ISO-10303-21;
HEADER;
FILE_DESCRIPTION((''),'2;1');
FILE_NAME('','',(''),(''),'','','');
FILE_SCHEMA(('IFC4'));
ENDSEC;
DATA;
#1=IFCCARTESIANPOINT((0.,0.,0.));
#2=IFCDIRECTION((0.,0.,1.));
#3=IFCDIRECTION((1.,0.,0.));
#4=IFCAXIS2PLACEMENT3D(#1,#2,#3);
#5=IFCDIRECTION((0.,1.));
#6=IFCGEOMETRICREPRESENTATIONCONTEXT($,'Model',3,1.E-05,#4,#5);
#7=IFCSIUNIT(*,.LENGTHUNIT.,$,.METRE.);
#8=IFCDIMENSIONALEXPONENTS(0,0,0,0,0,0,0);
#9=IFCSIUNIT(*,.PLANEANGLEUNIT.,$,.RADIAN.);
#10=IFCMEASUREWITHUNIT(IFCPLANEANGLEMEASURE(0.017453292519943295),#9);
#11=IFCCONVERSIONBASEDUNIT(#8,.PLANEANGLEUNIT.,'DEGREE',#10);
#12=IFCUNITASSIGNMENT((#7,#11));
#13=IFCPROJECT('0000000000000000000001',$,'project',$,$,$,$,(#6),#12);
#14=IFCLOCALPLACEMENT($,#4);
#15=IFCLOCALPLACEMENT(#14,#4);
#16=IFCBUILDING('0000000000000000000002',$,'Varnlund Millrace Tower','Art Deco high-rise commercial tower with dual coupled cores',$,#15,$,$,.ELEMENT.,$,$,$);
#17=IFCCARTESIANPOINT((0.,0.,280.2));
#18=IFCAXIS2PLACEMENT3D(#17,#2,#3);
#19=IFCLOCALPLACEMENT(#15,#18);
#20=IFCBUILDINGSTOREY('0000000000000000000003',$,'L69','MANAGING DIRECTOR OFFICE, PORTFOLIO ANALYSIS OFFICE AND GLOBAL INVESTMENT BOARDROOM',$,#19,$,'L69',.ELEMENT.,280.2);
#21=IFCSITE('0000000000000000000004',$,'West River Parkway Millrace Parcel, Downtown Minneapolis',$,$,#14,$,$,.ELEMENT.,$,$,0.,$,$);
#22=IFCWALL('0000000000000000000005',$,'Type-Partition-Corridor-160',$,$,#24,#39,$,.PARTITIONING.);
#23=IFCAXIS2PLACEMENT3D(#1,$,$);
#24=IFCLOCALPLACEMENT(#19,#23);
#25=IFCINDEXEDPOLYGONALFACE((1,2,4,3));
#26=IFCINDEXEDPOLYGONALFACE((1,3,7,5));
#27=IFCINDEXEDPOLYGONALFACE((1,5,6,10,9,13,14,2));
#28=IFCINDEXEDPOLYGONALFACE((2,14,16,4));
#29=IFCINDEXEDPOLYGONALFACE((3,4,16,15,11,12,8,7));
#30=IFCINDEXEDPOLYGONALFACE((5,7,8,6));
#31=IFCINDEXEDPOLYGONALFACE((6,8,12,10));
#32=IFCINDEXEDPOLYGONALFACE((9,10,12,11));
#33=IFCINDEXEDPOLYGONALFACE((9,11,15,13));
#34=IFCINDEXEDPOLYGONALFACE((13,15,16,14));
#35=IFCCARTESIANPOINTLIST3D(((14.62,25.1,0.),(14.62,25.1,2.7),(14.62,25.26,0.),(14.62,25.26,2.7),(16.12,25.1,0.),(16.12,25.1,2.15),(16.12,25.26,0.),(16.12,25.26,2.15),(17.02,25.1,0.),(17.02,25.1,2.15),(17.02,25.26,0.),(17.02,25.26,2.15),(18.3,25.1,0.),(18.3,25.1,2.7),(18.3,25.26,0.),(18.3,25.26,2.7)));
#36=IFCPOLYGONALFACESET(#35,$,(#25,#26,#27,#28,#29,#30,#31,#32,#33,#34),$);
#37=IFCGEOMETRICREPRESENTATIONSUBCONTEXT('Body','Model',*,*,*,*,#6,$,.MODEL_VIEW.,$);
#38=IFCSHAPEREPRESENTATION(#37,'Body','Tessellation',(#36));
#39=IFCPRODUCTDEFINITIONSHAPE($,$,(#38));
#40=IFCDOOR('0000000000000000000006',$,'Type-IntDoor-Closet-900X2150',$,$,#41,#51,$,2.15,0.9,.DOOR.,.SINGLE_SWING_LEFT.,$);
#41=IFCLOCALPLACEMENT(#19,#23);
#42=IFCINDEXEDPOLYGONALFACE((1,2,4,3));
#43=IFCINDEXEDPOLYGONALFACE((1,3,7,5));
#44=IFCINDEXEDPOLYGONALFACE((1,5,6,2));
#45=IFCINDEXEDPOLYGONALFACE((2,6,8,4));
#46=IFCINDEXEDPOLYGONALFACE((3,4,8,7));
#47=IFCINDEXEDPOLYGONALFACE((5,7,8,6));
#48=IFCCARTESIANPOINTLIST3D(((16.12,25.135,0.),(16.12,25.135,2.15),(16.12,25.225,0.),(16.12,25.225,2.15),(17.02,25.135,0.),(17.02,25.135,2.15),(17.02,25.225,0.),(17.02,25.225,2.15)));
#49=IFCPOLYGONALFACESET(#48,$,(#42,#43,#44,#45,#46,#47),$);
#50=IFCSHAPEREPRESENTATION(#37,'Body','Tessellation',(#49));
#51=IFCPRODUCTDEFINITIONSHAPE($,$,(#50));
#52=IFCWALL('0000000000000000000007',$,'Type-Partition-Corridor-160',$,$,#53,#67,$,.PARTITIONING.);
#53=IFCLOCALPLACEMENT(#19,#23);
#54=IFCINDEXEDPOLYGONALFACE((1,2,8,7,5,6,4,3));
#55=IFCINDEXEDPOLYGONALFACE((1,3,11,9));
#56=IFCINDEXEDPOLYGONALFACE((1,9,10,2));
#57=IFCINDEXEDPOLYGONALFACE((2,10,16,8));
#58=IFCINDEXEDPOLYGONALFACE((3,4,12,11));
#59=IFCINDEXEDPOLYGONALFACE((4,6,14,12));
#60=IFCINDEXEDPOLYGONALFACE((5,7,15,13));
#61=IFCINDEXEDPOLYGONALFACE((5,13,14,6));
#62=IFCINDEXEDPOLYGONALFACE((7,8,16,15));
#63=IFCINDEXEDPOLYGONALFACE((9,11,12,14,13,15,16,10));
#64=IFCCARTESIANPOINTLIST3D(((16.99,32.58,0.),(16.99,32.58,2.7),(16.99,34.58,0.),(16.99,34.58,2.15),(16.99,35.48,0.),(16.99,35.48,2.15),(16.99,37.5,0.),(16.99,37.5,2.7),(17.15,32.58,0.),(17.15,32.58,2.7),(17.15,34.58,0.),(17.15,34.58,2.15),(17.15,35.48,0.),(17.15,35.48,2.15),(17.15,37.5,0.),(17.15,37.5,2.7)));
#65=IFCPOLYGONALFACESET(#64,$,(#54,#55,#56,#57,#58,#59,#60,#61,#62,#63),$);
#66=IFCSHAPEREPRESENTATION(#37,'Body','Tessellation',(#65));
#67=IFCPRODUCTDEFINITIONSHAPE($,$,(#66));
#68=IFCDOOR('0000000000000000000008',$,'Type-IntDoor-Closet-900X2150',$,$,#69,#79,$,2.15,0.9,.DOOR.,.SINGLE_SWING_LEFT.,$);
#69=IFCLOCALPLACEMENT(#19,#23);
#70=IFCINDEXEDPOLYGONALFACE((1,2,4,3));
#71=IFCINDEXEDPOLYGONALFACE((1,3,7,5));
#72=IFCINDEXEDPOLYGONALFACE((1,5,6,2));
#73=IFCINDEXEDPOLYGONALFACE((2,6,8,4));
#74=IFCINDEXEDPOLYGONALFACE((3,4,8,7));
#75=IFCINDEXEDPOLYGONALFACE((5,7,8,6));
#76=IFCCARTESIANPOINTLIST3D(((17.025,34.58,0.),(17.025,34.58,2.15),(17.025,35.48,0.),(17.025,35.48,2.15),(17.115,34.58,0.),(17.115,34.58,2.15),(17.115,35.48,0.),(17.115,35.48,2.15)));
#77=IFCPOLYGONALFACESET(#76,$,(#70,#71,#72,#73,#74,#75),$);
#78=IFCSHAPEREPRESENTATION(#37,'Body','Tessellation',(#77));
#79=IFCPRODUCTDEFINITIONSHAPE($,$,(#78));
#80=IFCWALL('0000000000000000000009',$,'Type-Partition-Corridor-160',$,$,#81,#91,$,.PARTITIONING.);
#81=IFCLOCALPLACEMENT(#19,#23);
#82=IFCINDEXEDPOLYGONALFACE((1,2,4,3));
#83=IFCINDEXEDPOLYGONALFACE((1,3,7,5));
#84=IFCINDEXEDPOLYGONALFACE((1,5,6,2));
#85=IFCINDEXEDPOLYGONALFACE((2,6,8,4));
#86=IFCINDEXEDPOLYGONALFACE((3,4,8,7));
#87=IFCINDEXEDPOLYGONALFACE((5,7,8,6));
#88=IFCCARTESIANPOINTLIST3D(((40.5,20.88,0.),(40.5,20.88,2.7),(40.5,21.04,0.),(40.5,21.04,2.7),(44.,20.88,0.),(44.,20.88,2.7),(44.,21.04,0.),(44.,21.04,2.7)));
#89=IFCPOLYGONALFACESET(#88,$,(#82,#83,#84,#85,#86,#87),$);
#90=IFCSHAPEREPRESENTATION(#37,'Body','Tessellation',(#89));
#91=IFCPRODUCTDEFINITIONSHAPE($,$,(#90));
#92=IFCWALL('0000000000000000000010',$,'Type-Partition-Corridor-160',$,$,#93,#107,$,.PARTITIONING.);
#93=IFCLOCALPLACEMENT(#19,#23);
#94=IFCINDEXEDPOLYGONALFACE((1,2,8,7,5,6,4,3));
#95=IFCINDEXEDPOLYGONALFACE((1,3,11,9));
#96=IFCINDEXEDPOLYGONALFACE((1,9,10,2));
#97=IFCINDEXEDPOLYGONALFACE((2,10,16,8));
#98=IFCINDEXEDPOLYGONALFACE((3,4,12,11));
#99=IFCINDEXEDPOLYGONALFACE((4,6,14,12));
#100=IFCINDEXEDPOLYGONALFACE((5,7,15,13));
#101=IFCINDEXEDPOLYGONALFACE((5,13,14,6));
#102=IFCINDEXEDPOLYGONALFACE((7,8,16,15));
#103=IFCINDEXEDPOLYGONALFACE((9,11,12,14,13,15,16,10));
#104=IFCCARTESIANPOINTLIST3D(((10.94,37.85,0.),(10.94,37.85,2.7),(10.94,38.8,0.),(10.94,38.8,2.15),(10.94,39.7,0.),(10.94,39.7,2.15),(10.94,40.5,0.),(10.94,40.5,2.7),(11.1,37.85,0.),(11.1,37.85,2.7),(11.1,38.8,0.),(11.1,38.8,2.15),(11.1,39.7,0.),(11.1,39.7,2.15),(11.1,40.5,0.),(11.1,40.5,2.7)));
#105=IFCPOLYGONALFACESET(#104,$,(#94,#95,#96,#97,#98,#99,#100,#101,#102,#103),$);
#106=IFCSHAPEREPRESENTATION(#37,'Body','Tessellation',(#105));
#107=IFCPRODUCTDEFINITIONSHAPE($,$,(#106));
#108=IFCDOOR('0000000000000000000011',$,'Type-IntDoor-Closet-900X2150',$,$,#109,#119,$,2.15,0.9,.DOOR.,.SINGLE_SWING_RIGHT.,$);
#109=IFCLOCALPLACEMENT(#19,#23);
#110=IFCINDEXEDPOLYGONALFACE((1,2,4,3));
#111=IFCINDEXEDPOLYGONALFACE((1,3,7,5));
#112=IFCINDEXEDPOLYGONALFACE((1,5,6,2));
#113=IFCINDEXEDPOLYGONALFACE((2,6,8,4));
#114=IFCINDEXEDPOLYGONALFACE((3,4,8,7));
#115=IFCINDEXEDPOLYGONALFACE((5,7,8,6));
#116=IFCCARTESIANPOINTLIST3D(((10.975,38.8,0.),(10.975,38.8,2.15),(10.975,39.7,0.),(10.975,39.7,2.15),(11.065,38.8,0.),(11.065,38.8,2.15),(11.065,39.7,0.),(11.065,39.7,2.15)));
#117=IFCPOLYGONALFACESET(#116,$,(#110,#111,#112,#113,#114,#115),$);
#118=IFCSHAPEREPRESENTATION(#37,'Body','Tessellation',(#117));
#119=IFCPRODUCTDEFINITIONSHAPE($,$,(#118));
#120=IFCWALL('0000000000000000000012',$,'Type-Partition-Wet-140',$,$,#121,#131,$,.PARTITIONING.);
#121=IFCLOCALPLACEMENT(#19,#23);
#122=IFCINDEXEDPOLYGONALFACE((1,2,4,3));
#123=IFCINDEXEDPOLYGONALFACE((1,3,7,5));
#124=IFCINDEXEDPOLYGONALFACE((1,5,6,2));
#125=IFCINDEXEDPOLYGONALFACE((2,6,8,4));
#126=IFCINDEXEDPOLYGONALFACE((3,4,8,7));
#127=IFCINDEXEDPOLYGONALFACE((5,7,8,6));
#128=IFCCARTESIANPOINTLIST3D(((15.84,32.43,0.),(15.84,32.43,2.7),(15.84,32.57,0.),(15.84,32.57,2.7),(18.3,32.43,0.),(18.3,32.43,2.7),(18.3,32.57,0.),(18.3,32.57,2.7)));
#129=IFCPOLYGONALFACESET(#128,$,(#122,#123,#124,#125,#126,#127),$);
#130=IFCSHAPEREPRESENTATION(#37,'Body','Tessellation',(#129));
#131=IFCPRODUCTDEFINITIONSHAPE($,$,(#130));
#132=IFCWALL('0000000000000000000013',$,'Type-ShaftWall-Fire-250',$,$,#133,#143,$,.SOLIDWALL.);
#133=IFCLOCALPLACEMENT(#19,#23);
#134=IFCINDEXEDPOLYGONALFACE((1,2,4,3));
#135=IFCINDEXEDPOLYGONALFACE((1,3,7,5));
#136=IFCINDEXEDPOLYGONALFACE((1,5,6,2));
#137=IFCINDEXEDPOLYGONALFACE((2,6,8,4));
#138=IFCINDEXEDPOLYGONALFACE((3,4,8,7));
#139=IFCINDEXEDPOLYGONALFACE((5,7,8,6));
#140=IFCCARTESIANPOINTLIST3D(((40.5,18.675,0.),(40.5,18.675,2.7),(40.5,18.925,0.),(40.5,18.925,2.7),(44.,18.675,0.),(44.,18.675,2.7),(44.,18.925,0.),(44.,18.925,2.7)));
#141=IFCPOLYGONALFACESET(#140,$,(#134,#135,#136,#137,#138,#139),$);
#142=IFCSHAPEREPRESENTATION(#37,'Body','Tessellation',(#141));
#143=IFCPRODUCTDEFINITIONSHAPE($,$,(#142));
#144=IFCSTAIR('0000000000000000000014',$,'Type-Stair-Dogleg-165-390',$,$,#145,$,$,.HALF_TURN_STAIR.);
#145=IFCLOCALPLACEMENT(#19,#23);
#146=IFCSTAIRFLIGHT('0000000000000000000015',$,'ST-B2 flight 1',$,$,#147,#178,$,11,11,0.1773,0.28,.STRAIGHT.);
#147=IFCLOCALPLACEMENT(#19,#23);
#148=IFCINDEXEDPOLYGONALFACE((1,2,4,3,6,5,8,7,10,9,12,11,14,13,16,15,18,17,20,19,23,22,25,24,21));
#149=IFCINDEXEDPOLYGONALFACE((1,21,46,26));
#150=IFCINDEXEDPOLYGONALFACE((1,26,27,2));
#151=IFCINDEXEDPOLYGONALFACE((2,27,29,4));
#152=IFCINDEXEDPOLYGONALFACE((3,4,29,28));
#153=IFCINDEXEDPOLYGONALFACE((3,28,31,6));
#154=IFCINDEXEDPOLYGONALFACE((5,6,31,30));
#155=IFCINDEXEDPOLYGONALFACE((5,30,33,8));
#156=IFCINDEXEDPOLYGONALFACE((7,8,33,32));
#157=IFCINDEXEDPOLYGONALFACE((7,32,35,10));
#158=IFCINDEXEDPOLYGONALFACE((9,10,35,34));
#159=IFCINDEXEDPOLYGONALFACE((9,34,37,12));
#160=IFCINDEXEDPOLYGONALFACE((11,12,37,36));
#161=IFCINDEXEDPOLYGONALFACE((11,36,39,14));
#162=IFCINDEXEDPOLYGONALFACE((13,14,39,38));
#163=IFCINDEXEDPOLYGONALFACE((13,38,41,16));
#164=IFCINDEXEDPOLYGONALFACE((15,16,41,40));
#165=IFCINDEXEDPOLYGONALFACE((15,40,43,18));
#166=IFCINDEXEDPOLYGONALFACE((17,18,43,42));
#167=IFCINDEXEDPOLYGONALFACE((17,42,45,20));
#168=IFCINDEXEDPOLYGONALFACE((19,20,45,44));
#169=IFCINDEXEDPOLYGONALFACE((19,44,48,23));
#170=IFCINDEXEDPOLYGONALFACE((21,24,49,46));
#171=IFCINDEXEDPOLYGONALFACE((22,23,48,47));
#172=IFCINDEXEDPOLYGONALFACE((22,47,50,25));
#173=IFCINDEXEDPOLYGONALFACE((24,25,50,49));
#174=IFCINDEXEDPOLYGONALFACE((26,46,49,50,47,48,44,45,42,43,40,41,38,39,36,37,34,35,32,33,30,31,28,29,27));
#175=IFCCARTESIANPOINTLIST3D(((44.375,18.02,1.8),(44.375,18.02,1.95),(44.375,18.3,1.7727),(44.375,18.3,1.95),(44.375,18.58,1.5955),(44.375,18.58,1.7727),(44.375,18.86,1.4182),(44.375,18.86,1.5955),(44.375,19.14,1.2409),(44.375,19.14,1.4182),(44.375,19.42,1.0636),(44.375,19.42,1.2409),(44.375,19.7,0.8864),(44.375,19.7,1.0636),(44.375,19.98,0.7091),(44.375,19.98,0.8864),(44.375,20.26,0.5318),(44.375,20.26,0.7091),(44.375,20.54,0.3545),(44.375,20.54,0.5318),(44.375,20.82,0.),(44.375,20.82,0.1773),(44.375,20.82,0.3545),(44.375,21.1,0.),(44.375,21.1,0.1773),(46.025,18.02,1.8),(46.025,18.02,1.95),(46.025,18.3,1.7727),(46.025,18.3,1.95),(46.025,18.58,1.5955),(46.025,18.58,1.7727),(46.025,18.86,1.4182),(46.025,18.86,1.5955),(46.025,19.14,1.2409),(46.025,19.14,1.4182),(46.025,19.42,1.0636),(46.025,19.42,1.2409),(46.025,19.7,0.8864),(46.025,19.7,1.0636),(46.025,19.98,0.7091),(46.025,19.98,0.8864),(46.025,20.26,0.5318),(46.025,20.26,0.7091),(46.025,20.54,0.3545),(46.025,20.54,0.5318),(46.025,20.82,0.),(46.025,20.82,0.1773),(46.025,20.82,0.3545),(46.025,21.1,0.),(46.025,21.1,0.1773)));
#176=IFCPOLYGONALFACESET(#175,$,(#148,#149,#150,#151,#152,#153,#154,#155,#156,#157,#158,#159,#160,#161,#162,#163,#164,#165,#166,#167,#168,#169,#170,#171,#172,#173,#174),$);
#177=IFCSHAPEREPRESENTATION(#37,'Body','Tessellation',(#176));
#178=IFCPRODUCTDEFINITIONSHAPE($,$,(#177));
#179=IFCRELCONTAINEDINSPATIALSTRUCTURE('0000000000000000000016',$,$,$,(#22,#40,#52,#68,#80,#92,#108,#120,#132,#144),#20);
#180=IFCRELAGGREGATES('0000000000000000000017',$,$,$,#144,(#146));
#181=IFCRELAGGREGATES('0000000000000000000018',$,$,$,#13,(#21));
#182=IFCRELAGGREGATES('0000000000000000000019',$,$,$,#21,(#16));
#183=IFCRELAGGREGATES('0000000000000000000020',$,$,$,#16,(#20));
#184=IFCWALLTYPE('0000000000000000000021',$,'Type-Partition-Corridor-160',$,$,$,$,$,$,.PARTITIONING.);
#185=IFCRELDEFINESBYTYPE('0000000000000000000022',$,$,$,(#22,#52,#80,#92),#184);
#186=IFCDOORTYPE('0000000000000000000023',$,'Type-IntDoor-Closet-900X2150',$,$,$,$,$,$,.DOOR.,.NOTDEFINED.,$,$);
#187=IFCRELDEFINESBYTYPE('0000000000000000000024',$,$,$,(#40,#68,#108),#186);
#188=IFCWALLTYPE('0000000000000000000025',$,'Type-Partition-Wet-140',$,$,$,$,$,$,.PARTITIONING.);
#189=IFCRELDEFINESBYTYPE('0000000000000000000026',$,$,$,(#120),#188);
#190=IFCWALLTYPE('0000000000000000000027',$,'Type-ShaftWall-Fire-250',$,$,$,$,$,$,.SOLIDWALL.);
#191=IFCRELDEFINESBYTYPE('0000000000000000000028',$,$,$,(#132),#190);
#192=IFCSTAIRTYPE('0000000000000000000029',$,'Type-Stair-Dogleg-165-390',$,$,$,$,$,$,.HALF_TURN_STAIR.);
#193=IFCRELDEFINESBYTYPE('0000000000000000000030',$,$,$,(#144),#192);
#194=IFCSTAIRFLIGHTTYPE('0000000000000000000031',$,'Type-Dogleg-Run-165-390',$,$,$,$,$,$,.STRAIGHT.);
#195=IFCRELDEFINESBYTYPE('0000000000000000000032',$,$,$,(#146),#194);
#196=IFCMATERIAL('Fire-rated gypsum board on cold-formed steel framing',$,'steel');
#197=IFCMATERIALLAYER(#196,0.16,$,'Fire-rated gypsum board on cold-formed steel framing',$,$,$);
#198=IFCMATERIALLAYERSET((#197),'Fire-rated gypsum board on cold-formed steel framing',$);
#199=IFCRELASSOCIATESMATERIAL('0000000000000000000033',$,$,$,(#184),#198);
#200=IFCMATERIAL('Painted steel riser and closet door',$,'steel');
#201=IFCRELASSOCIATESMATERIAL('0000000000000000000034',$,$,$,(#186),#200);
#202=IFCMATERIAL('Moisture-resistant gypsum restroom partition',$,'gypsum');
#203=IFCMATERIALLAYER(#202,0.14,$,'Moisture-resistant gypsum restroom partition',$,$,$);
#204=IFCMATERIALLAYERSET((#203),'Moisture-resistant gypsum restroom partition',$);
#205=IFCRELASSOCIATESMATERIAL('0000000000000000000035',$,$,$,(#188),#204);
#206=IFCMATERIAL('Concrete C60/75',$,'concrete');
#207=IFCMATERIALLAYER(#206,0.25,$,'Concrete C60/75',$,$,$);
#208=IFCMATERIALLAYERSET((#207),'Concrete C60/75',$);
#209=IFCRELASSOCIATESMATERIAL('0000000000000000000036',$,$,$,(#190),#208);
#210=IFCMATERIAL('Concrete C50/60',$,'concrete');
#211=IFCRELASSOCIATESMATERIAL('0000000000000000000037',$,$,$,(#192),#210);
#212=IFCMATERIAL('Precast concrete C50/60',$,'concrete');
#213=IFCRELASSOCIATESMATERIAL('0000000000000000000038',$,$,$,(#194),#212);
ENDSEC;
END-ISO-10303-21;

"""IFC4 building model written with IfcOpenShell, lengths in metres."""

from ifc_helpers import new_model, entity, si_unit, converted_unit, direction, frame, origin_with_axes, origin_2d_with_axis, place, context, subcontext, project, spatial, polyline, rectangle, outline, extrude, material, layer, layer_set, type_object, element, fill, aggregate, save


model = new_model("IFC4")

# Units and contexts
model_context = context("Model", 3, precision=1e-05, world=origin_with_axes(), true_north=direction((0.0, 1.0)))
body_context = subcontext(model_context, "Body", "Model", "MODEL_VIEW")
ifc_project = project(units=[si_unit("LENGTHUNIT", "METRE"), converted_unit("PLANEANGLEUNIT", "DEGREE", entity("IfcPlaneAngleMeasure", 0.017453292519943295), si_unit("PLANEANGLEUNIT", "RADIAN"), dimensions=[0, 0, 0, 0, 0, 0, 0])], contexts=[model_context])

# Site, building, storey
site_placement = place(None, origin_with_axes())
site = spatial("IfcSite", under=ifc_project, at=site_placement, Name="West River Parkway Millrace Parcel, Downtown Minneapolis", CompositionType="ELEMENT", RefElevation=0.0)
building_placement = place(site_placement, origin_with_axes())
building = spatial("IfcBuilding", under=site, at=building_placement, Name="Varnlund Millrace Tower", Description="Art Deco high-rise commercial tower with dual coupled cores", CompositionType="ELEMENT")
storey_placement = place(building_placement, frame((0.0, 0.0, 280.2), z_axis=(0.0, 0.0, 1.0), x_axis=(1.0, 0.0, 0.0)))
storey = spatial("IfcBuildingStorey", under=building, at=storey_placement, Name="L69", Description="MANAGING DIRECTOR OFFICE, PORTFOLIO ANALYSIS OFFICE AND GLOBAL INVESTMENT BOARDROOM", LongName="L69", CompositionType="ELEMENT", Elevation=280.2)

# Shared definitions
ifc_material_1 = material(Name="Concrete C60/75", Category="concrete")

# Walls, openings, doors
ifc_material_2 = material(Name="Fire-rated gypsum board on cold-formed steel framing", Category="steel")
ifc_layer_1 = layer(ifc_material_2, 0.16, Name="Fire-rated gypsum board on cold-formed steel framing")
ifc_layer_set_1 = layer_set([ifc_layer_1], Name="Fire-rated gypsum board on cold-formed steel framing")
wall_type_1 = type_object("IfcWallType", Name="Type-Partition-Corridor-160", PredefinedType="PARTITIONING", material=ifc_layer_set_1)
wall_1_placement = place(storey_placement, frame((14.62, 25.18, 0.0), z_axis=(0.0, 0.0, 1.0), x_axis=(1.0, 0.0, 0.0)))
wall_1 = element("IfcWall", 1, at=wall_1_placement, inside=storey, type_object=wall_type_1, Name="Type-Partition-Corridor-160", PredefinedType="PARTITIONING", context=body_context, shape_type="SweptSolid", body=[
    extrude(outline(polyline([(0.0, -0.08), (3.68, -0.08), (3.68, 0.08), (0.0, 0.08), (0.0, -0.08)])), origin_with_axes(), (0.0, 0.0, 1.0), 2.7),
])
opening_1_placement = place(wall_1_placement, frame((1.95, 0.0, 0.0), z_axis=(0.0, 0.0, 1.0), x_axis=(1.0, 0.0, 0.0)))
opening_1 = element("IfcOpeningElement", 2, at=opening_1_placement, cuts=wall_1, PredefinedType="OPENING", context=body_context, shape_type="SweptSolid", body=[
    extrude(rectangle(XDim=0.9, YDim=0.18, at=origin_2d_with_axis()), origin_with_axes(), (0.0, 0.0, 1.0), 2.15),
])
ifc_material_3 = material(Name="Painted steel riser and closet door", Category="steel")
door_type_1 = type_object("IfcDoorType", Name="Type-IntDoor-Closet-900X2150", OperationType="NOTDEFINED", PredefinedType="DOOR", material=ifc_material_3)
door_1_placement = place(wall_1_placement, frame((1.95, 0.0, 0.0), z_axis=(0.0, 0.0, 1.0), x_axis=(1.0, 0.0, 0.0)))
door_1 = element("IfcDoor", 3, at=door_1_placement, inside=storey, type_object=door_type_1, Name="Type-IntDoor-Closet-900X2150", OperationType="SINGLE_SWING_LEFT", OverallHeight=2.15, OverallWidth=0.9, PredefinedType="DOOR", context=body_context, shape_type="SweptSolid", body=[
    extrude(rectangle(XDim=0.9, YDim=0.09, at=origin_2d_with_axis()), origin_with_axes(), (0.0, 0.0, 1.0), 2.15),
])
fill(opening_1, door_1)
wall_2_placement = place(storey_placement, frame((17.07, 32.58, 0.0), z_axis=(0.0, 0.0, 1.0), x_axis=(0.0, 1.0, 0.0)))
wall_2 = element("IfcWall", 4, at=wall_2_placement, inside=storey, type_object=wall_type_1, Name="Type-Partition-Corridor-160", PredefinedType="PARTITIONING", context=body_context, shape_type="SweptSolid", body=[
    extrude(outline(polyline([(0.0, -0.08), (4.92, -0.08), (4.92, 0.08), (0.0, 0.08), (0.0, -0.08)])), origin_with_axes(), (0.0, 0.0, 1.0), 2.7),
])
opening_2_placement = place(wall_2_placement, frame((2.45, 0.0, 0.0), z_axis=(0.0, 0.0, 1.0), x_axis=(1.0, 0.0, 0.0)))
opening_2 = element("IfcOpeningElement", 5, at=opening_2_placement, cuts=wall_2, PredefinedType="OPENING", context=body_context, shape_type="SweptSolid", body=[
    extrude(rectangle(XDim=0.9, YDim=0.18, at=origin_2d_with_axis()), origin_with_axes(), (0.0, 0.0, 1.0), 2.15),
])
door_2_placement = place(wall_2_placement, frame((2.45, 0.0, 0.0), z_axis=(0.0, 0.0, 1.0), x_axis=(1.0, 0.0, 0.0)))
door_2 = element("IfcDoor", 6, at=door_2_placement, inside=storey, type_object=door_type_1, Name="Type-IntDoor-Closet-900X2150", OperationType="SINGLE_SWING_LEFT", OverallHeight=2.15, OverallWidth=0.9, PredefinedType="DOOR", context=body_context, shape_type="SweptSolid", body=[
    extrude(rectangle(XDim=0.9, YDim=0.09, at=origin_2d_with_axis()), origin_with_axes(), (0.0, 0.0, 1.0), 2.15),
])
fill(opening_2, door_2)

# Wall
wall_3_placement = place(storey_placement, frame((40.5, 20.96, 0.0), z_axis=(0.0, 0.0, 1.0), x_axis=(1.0, 0.0, 0.0)))
element("IfcWall", 7, at=wall_3_placement, inside=storey, type_object=wall_type_1, Name="Type-Partition-Corridor-160", PredefinedType="PARTITIONING", context=body_context, shape_type="SweptSolid", body=[
    extrude(outline(polyline([(0.0, -0.08), (3.5, -0.08), (3.5, 0.08), (0.0, 0.08), (0.0, -0.08)])), origin_with_axes(), (0.0, 0.0, 1.0), 2.7),
])

# Wall, opening, door
wall_4_placement = place(storey_placement, frame((11.02, 37.85, 0.0), z_axis=(0.0, 0.0, 1.0), x_axis=(0.0, 1.0, 0.0)))
wall_4 = element("IfcWall", 8, at=wall_4_placement, inside=storey, type_object=wall_type_1, Name="Type-Partition-Corridor-160", PredefinedType="PARTITIONING", context=body_context, shape_type="SweptSolid", body=[
    extrude(outline(polyline([(0.0, -0.08), (2.65, -0.08), (2.65, 0.08), (0.0, 0.08), (0.0, -0.08)])), origin_with_axes(), (0.0, 0.0, 1.0), 2.7),
])
opening_3_placement = place(wall_4_placement, frame((1.4, 0.0, 0.0), z_axis=(0.0, 0.0, 1.0), x_axis=(1.0, 0.0, 0.0)))
opening_3 = element("IfcOpeningElement", 9, at=opening_3_placement, cuts=wall_4, PredefinedType="OPENING", context=body_context, shape_type="SweptSolid", body=[
    extrude(rectangle(XDim=0.9, YDim=0.18, at=origin_2d_with_axis()), origin_with_axes(), (0.0, 0.0, 1.0), 2.15),
])
door_3_placement = place(wall_4_placement, frame((1.4, 0.0, 0.0), z_axis=(0.0, 0.0, 1.0), x_axis=(1.0, 0.0, 0.0)))
door_3 = element("IfcDoor", 10, at=door_3_placement, inside=storey, type_object=door_type_1, Name="Type-IntDoor-Closet-900X2150", OperationType="SINGLE_SWING_RIGHT", OverallHeight=2.15, OverallWidth=0.9, PredefinedType="DOOR", context=body_context, shape_type="SweptSolid", body=[
    extrude(rectangle(XDim=0.9, YDim=0.09, at=origin_2d_with_axis()), origin_with_axes(), (0.0, 0.0, 1.0), 2.15),
])
fill(opening_3, door_3)

# Walls
ifc_material_4 = material(Name="Moisture-resistant gypsum restroom partition", Category="gypsum")
ifc_layer_2 = layer(ifc_material_4, 0.14, Name="Moisture-resistant gypsum restroom partition")
ifc_layer_set_2 = layer_set([ifc_layer_2], Name="Moisture-resistant gypsum restroom partition")
wall_type_2 = type_object("IfcWallType", Name="Type-Partition-Wet-140", PredefinedType="PARTITIONING", material=ifc_layer_set_2)
wall_5_placement = place(storey_placement, frame((15.84, 32.5, 0.0), z_axis=(0.0, 0.0, 1.0), x_axis=(1.0, 0.0, 0.0)))
element("IfcWall", 11, at=wall_5_placement, inside=storey, type_object=wall_type_2, Name="Type-Partition-Wet-140", PredefinedType="PARTITIONING", context=body_context, shape_type="SweptSolid", body=[
    extrude(outline(polyline([(0.0, -0.07), (2.46, -0.07), (2.46, 0.07), (0.0, 0.07), (0.0, -0.07)])), origin_with_axes(), (0.0, 0.0, 1.0), 2.7),
])
ifc_layer_3 = layer(ifc_material_1, 0.25, Name="Concrete C60/75")
ifc_layer_set_3 = layer_set([ifc_layer_3], Name="Concrete C60/75")
wall_type_3 = type_object("IfcWallType", Name="Type-ShaftWall-Fire-250", PredefinedType="SOLIDWALL", material=ifc_layer_set_3)
wall_6_placement = place(storey_placement, frame((40.5, 18.8, 0.0), z_axis=(0.0, 0.0, 1.0), x_axis=(1.0, 0.0, 0.0)))
element("IfcWall", 12, at=wall_6_placement, inside=storey, type_object=wall_type_3, Name="Type-ShaftWall-Fire-250", PredefinedType="SOLIDWALL", context=body_context, shape_type="SweptSolid", body=[
    extrude(outline(polyline([(0.0, -0.125), (3.5, -0.125), (3.5, 0.125), (0.0, 0.125), (0.0, -0.125)])), origin_with_axes(), (0.0, 0.0, 1.0), 2.7),
])

# Stair, stair flight
ifc_material_5 = material(Name="Concrete C50/60", Category="concrete")
stair_type_1 = type_object("IfcStairType", Name="Type-Stair-Dogleg-165-390", PredefinedType="HALF_TURN_STAIR", material=ifc_material_5)
stair_1_placement = place(storey_placement, origin_with_axes())
stair_1 = element("IfcStair", 13, at=stair_1_placement, inside=storey, type_object=stair_type_1, Name="Type-Stair-Dogleg-165-390", PredefinedType="HALF_TURN_STAIR")
ifc_material_6 = material(Name="Precast concrete C50/60", Category="concrete")
stair_flight_type_1 = type_object("IfcStairFlightType", Name="Type-Dogleg-Run-165-390", PredefinedType="STRAIGHT", material=ifc_material_6)
stair_flight_1_placement = place(storey_placement, frame((46.025, 21.1, 0.0), z_axis=(-1.0, 0.0, 0.0), x_axis=(0.0, -1.0, 0.0)))
stair_flight_1 = element("IfcStairFlight", 14, at=stair_flight_1_placement, type_object=stair_flight_type_1, Name="ST-B2 flight 1", NumberOfRisers=11, NumberOfTreads=11, PredefinedType="STRAIGHT", RiserHeight=0.1773, TreadLength=0.28, context=body_context, shape_type="SweptSolid", body=[
    extrude(outline(polyline([(0.0, 0.0), (0.0, 0.1773), (0.28, 0.1773), (0.28, 0.3545), (0.56, 0.3545), (0.56, 0.5318), (0.84, 0.5318), (0.84, 0.7091), (1.12, 0.7091), (1.12, 0.8864), (1.4, 0.8864), (1.4, 1.0636), (1.68, 1.0636), (1.68, 1.2409), (1.96, 1.2409), (1.96, 1.4182), (2.24, 1.4182), (2.24, 1.5955), (2.52, 1.5955), (2.52, 1.7727), (2.8, 1.7727), (2.8, 1.95), (3.08, 1.95), (3.08, 1.8), (0.28, 0.0), (0.0, 0.0)])), origin_with_axes(), (0.0, 0.0, 1.0), 1.65),
])
aggregate(stair_1, [stair_flight_1])

save(model, "model.ifc")
